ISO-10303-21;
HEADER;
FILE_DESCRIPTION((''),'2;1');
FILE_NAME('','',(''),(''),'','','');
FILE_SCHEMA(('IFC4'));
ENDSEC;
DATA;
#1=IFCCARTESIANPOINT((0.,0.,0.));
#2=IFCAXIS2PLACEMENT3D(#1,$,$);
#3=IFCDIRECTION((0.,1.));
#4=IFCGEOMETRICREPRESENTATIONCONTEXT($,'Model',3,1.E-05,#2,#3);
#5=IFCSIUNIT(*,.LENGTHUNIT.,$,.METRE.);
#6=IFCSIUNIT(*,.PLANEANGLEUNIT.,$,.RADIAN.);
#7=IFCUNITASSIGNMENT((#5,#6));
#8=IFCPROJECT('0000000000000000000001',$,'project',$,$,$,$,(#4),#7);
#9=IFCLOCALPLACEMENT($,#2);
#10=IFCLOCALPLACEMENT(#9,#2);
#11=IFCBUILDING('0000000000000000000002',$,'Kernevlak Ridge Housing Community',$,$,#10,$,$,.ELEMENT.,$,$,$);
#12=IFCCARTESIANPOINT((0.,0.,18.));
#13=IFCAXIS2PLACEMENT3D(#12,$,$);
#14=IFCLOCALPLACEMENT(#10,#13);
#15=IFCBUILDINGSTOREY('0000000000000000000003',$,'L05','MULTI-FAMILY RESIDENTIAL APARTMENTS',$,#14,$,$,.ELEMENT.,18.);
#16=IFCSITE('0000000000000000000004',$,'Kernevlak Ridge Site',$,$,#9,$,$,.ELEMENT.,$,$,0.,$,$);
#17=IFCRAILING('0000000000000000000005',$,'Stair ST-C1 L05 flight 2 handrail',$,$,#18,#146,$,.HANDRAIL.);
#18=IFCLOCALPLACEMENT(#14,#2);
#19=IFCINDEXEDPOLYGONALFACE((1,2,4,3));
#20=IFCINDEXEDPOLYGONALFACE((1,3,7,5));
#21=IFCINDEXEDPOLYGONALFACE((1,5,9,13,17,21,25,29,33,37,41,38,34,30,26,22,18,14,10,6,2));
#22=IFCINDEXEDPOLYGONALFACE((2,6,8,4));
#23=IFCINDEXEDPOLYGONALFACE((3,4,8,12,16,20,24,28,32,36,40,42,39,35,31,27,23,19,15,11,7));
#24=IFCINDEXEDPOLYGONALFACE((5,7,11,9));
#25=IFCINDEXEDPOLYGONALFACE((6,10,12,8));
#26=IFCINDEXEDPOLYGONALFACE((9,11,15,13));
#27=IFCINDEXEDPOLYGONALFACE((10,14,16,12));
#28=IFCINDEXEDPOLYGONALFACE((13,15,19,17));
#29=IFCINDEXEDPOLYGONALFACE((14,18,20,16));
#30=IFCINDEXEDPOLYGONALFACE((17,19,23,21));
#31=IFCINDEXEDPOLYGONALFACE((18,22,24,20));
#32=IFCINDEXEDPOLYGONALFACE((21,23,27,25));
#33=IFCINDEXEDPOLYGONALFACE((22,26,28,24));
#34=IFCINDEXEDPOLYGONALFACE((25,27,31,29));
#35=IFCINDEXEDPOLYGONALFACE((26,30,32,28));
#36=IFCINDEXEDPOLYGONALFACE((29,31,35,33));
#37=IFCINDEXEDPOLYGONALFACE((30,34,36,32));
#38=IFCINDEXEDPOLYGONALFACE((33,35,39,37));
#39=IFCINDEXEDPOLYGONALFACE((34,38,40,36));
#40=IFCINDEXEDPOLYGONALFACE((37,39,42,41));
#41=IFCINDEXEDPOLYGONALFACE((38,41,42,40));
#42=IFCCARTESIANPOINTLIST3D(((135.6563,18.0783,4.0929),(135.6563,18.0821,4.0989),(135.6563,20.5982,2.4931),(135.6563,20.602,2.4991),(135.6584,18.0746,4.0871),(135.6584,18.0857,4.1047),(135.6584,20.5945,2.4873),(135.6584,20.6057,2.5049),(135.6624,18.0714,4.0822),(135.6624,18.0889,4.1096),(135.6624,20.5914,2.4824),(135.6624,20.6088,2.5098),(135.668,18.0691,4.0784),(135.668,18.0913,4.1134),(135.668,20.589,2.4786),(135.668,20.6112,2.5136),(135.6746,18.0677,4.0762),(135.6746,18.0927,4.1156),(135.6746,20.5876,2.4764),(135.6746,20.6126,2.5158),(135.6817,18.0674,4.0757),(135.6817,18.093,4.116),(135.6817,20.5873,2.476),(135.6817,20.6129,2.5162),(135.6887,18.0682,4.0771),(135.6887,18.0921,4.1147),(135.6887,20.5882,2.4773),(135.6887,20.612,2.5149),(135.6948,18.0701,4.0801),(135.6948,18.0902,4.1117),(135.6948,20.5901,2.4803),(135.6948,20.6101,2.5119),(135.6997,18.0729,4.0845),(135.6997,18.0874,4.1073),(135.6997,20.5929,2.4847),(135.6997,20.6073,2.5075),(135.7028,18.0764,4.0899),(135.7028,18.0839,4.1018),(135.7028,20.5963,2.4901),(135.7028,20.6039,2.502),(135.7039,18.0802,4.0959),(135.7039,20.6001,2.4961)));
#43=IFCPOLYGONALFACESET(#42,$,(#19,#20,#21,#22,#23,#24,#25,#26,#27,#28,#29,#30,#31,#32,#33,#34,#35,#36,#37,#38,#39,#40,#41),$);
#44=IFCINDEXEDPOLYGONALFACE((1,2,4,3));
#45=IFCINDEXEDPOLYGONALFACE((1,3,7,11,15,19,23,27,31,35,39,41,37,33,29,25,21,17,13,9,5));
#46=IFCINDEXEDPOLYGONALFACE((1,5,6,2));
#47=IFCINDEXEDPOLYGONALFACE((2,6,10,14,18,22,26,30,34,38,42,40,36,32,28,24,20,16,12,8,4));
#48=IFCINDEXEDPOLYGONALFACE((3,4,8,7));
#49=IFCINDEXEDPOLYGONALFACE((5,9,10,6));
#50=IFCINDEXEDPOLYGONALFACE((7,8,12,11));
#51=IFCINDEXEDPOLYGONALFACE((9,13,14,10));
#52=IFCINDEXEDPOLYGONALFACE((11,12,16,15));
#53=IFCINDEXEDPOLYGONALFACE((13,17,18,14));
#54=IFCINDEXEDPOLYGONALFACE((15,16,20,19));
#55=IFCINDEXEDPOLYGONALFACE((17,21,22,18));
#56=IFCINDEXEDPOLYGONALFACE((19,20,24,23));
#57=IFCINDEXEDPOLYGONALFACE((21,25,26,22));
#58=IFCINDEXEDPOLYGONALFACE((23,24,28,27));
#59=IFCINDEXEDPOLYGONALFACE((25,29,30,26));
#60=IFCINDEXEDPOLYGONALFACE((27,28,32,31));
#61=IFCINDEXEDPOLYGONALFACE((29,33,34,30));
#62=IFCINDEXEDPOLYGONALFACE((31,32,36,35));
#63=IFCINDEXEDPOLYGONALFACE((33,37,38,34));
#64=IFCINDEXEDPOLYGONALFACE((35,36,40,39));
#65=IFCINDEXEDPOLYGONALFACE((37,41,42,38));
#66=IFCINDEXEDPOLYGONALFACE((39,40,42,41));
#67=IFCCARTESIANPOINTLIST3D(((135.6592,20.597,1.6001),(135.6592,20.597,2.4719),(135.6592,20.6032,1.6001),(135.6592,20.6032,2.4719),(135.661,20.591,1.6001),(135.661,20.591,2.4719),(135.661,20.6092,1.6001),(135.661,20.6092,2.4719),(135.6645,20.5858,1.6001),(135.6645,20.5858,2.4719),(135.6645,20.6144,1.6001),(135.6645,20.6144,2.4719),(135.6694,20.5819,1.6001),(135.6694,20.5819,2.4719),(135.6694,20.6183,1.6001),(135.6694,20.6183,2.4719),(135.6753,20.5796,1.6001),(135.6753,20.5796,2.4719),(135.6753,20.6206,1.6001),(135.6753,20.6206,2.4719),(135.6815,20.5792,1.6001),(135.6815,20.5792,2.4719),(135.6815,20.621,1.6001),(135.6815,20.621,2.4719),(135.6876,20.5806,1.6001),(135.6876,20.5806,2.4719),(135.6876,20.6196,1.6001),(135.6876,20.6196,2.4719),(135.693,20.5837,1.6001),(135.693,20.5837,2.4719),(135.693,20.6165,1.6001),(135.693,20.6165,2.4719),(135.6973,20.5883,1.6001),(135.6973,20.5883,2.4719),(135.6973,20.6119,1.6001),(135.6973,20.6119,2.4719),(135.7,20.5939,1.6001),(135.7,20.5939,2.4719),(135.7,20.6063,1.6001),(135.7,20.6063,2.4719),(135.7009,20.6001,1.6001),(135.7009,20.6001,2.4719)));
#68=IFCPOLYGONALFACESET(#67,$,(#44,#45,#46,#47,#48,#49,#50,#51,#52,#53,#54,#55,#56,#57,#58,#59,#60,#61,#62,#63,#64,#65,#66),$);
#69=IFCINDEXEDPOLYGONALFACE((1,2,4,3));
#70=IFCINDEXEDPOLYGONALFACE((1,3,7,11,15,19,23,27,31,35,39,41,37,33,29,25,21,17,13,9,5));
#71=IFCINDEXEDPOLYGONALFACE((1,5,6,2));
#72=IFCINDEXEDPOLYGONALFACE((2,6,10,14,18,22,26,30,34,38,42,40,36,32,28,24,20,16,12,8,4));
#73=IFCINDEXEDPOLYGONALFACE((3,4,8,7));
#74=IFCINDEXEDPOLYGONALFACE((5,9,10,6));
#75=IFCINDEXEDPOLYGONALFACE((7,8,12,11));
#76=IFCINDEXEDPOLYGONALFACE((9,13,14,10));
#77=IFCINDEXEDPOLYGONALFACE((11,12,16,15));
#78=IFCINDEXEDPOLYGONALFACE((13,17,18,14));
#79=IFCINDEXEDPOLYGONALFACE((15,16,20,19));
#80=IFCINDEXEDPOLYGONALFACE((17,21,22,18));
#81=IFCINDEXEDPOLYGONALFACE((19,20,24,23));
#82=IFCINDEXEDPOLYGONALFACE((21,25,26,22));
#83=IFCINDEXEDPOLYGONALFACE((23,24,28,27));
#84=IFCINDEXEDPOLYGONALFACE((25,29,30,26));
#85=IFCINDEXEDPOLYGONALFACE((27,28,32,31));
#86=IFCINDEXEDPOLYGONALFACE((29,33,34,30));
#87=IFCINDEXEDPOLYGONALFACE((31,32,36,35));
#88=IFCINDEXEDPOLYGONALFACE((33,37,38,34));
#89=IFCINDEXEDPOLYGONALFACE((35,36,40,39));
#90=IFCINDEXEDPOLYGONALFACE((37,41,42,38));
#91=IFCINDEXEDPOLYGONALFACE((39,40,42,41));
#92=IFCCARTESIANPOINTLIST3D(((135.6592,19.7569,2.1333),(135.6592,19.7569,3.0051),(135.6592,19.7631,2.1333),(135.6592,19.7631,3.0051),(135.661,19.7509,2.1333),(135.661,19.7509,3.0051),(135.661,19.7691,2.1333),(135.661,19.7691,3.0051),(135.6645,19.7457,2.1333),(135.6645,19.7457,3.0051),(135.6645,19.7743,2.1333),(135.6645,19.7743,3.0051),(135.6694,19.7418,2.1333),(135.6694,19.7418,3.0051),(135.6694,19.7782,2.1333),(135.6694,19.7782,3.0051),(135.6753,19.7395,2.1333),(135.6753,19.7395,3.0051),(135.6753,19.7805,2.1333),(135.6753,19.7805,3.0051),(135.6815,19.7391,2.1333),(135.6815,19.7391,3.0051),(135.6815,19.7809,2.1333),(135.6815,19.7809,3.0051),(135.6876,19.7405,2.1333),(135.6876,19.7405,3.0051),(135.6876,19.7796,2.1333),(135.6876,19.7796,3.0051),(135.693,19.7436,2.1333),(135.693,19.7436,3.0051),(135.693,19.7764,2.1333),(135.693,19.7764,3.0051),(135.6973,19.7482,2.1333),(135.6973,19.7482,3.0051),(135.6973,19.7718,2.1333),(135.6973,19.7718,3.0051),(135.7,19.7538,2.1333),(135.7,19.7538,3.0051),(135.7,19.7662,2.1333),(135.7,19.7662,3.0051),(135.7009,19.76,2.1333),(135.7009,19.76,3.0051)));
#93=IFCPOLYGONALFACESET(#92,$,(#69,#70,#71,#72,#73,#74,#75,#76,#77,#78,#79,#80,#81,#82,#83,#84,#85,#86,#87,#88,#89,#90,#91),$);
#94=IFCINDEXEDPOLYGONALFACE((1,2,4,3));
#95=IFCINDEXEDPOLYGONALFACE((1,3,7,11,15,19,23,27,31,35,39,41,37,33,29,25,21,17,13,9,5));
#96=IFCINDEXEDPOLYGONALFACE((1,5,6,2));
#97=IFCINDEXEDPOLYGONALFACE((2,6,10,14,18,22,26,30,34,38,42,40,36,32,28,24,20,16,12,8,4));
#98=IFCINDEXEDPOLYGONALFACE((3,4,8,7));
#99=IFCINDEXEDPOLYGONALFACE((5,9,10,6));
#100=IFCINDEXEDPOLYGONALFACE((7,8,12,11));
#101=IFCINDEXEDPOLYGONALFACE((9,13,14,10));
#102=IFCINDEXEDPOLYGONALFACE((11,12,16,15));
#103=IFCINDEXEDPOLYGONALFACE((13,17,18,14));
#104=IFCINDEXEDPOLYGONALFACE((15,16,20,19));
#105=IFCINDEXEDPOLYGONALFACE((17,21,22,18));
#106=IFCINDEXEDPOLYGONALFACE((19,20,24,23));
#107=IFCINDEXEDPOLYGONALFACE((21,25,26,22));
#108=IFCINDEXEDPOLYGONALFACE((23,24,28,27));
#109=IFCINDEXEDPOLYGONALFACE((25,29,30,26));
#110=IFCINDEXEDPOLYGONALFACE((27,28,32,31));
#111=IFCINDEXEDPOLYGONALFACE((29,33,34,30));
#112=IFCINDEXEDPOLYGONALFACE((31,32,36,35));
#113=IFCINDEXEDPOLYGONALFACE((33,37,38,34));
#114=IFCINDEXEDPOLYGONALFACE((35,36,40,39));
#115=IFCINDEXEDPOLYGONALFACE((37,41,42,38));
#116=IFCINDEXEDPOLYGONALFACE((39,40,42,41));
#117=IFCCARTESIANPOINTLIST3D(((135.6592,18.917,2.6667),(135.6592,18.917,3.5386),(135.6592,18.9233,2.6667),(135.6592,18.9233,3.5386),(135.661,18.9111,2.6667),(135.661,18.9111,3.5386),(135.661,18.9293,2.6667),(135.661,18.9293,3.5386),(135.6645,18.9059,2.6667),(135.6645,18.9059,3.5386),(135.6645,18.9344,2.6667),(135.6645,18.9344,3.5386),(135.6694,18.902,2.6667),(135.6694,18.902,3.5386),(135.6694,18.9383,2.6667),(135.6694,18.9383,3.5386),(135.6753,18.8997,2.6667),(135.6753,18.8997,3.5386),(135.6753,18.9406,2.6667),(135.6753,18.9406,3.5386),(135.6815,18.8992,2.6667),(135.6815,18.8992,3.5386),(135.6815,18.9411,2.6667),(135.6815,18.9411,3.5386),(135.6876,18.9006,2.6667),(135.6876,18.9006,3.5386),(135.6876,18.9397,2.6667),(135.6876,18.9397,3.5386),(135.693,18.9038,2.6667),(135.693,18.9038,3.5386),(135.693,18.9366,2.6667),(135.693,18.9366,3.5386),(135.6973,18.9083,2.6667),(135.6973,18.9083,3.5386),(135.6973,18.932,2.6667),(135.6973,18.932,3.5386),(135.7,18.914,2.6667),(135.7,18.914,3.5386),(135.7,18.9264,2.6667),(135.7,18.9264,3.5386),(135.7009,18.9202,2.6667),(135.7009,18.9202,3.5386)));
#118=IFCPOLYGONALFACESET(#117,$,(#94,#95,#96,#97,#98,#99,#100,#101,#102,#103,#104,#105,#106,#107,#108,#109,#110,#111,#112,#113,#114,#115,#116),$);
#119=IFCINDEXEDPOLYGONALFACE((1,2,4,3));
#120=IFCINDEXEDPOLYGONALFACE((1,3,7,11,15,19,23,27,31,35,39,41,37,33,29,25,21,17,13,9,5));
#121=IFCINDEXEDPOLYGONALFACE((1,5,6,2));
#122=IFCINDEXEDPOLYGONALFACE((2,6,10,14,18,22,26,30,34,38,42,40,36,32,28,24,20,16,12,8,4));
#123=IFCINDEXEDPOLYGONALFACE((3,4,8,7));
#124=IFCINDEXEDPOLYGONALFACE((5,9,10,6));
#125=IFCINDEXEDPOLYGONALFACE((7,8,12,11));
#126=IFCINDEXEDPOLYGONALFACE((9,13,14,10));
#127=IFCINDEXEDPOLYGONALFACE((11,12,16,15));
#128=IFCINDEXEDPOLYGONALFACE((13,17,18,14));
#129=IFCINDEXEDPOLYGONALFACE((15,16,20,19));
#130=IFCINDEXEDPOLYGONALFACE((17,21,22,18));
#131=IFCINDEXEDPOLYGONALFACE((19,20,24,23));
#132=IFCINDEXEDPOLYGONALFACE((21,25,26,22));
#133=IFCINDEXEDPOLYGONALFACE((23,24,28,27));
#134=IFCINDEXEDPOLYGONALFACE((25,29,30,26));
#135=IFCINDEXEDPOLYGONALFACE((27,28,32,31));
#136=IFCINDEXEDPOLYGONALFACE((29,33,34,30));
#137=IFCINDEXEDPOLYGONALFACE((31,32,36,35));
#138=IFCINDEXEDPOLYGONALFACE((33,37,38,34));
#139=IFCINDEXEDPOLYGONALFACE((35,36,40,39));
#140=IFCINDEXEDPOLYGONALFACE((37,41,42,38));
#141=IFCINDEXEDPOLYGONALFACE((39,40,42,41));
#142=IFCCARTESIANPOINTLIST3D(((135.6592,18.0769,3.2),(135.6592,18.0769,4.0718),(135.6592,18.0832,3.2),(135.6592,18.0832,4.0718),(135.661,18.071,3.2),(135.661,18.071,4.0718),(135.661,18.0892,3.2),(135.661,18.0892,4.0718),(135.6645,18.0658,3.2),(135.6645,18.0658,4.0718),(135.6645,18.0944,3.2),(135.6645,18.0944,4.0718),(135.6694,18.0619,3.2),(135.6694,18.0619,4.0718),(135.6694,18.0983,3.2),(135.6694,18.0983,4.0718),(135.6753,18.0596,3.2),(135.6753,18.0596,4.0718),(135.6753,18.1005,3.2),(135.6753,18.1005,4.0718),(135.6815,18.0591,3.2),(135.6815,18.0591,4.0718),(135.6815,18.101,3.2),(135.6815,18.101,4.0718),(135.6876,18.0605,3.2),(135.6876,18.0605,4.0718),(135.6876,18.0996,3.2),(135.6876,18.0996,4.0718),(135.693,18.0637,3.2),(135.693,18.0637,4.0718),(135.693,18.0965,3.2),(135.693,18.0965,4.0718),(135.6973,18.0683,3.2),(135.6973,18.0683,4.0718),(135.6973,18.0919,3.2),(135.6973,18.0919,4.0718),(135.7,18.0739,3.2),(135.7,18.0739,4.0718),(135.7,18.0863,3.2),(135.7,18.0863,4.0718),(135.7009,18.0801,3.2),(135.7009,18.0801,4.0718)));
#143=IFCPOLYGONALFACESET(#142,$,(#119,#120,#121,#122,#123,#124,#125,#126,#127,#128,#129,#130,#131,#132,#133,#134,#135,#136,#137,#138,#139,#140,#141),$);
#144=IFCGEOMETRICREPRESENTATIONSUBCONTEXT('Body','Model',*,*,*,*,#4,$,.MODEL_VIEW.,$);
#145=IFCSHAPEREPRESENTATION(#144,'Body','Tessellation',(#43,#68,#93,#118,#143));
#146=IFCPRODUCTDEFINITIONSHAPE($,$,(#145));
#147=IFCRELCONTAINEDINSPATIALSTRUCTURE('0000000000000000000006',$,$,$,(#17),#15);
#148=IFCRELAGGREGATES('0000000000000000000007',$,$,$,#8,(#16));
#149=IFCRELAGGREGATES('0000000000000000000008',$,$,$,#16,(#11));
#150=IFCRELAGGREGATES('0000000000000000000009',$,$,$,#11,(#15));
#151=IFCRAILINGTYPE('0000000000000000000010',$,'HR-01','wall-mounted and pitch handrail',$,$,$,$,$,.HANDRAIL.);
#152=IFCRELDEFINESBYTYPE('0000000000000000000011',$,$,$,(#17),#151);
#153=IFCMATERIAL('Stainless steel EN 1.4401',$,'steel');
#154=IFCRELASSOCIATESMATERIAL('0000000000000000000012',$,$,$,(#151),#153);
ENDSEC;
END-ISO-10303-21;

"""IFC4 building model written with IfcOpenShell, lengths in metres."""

from ifc_helpers import new_model, si_unit, direction, frame, origin, origin_2d, place, context, subcontext, project, spatial, circle, extrude, material, type_object, element, save


model = new_model("IFC4")

# Units and contexts
model_context = context("Model", 3, precision=1e-05, world=origin(), true_north=direction((0.0, 1.0)))
body_context = subcontext(model_context, "Body", "Model", "MODEL_VIEW")
ifc_project = project(units=[si_unit("LENGTHUNIT", "METRE"), si_unit("PLANEANGLEUNIT", "RADIAN")], contexts=[model_context])

# Site, building, storey
site_placement = place(None, origin())
site = spatial("IfcSite", under=ifc_project, at=site_placement, Name="Kernevlak Ridge Site", CompositionType="ELEMENT", RefElevation=0.0)
building_placement = place(site_placement, origin())
building = spatial("IfcBuilding", under=site, at=building_placement, Name="Kernevlak Ridge Housing Community", CompositionType="ELEMENT")
storey_placement = place(building_placement, frame((0.0, 0.0, 18.0)))
storey = spatial("IfcBuildingStorey", under=building, at=storey_placement, Name="L05", Description="MULTI-FAMILY RESIDENTIAL APARTMENTS", CompositionType="ELEMENT", Elevation=18.0)

# Shared definitions
ifc_material_1 = material(Name="Stainless steel EN 1.4401", Category="steel")

# Railing
railing_type_1 = type_object("IfcRailingType", Name="HR-01", Description="wall-mounted and pitch handrail", PredefinedType="HANDRAIL", material=ifc_material_1)
railing_1_placement = place(storey_placement, frame((135.6799, 20.6001, 1.6001)))
element("IfcRailing", 1, at=railing_1_placement, inside=storey, type_object=railing_type_1, Name="Stair ST-C1 L05 flight 2 handrail", PredefinedType="HANDRAIL", context=body_context, shape_type="SweptSolid", body=[
    extrude(circle(Radius=0.0239, at=origin_2d()), frame((0.0, 0.0, 0.896), z_axis=(0.0, -0.844237, 0.53597), x_axis=(1.0, 0.0, 0.0)), (0.0, 0.0, 1.0), 2.9849),
    extrude(circle(Radius=0.021, at=origin_2d()), origin(), (0.0, 0.0, 1.0), 0.8718),
    extrude(circle(Radius=0.021, at=origin_2d()), frame((0.0, -0.8401, 0.5332)), (0.0, 0.0, 1.0), 0.8718),
    extrude(circle(Radius=0.021, at=origin_2d()), frame((0.0, -1.6799, 1.0667)), (0.0, 0.0, 1.0), 0.8718),
    extrude(circle(Radius=0.021, at=origin_2d()), frame((0.0, -2.52, 1.5999)), (0.0, 0.0, 1.0), 0.8718),
])

save(model, "model.ifc")
